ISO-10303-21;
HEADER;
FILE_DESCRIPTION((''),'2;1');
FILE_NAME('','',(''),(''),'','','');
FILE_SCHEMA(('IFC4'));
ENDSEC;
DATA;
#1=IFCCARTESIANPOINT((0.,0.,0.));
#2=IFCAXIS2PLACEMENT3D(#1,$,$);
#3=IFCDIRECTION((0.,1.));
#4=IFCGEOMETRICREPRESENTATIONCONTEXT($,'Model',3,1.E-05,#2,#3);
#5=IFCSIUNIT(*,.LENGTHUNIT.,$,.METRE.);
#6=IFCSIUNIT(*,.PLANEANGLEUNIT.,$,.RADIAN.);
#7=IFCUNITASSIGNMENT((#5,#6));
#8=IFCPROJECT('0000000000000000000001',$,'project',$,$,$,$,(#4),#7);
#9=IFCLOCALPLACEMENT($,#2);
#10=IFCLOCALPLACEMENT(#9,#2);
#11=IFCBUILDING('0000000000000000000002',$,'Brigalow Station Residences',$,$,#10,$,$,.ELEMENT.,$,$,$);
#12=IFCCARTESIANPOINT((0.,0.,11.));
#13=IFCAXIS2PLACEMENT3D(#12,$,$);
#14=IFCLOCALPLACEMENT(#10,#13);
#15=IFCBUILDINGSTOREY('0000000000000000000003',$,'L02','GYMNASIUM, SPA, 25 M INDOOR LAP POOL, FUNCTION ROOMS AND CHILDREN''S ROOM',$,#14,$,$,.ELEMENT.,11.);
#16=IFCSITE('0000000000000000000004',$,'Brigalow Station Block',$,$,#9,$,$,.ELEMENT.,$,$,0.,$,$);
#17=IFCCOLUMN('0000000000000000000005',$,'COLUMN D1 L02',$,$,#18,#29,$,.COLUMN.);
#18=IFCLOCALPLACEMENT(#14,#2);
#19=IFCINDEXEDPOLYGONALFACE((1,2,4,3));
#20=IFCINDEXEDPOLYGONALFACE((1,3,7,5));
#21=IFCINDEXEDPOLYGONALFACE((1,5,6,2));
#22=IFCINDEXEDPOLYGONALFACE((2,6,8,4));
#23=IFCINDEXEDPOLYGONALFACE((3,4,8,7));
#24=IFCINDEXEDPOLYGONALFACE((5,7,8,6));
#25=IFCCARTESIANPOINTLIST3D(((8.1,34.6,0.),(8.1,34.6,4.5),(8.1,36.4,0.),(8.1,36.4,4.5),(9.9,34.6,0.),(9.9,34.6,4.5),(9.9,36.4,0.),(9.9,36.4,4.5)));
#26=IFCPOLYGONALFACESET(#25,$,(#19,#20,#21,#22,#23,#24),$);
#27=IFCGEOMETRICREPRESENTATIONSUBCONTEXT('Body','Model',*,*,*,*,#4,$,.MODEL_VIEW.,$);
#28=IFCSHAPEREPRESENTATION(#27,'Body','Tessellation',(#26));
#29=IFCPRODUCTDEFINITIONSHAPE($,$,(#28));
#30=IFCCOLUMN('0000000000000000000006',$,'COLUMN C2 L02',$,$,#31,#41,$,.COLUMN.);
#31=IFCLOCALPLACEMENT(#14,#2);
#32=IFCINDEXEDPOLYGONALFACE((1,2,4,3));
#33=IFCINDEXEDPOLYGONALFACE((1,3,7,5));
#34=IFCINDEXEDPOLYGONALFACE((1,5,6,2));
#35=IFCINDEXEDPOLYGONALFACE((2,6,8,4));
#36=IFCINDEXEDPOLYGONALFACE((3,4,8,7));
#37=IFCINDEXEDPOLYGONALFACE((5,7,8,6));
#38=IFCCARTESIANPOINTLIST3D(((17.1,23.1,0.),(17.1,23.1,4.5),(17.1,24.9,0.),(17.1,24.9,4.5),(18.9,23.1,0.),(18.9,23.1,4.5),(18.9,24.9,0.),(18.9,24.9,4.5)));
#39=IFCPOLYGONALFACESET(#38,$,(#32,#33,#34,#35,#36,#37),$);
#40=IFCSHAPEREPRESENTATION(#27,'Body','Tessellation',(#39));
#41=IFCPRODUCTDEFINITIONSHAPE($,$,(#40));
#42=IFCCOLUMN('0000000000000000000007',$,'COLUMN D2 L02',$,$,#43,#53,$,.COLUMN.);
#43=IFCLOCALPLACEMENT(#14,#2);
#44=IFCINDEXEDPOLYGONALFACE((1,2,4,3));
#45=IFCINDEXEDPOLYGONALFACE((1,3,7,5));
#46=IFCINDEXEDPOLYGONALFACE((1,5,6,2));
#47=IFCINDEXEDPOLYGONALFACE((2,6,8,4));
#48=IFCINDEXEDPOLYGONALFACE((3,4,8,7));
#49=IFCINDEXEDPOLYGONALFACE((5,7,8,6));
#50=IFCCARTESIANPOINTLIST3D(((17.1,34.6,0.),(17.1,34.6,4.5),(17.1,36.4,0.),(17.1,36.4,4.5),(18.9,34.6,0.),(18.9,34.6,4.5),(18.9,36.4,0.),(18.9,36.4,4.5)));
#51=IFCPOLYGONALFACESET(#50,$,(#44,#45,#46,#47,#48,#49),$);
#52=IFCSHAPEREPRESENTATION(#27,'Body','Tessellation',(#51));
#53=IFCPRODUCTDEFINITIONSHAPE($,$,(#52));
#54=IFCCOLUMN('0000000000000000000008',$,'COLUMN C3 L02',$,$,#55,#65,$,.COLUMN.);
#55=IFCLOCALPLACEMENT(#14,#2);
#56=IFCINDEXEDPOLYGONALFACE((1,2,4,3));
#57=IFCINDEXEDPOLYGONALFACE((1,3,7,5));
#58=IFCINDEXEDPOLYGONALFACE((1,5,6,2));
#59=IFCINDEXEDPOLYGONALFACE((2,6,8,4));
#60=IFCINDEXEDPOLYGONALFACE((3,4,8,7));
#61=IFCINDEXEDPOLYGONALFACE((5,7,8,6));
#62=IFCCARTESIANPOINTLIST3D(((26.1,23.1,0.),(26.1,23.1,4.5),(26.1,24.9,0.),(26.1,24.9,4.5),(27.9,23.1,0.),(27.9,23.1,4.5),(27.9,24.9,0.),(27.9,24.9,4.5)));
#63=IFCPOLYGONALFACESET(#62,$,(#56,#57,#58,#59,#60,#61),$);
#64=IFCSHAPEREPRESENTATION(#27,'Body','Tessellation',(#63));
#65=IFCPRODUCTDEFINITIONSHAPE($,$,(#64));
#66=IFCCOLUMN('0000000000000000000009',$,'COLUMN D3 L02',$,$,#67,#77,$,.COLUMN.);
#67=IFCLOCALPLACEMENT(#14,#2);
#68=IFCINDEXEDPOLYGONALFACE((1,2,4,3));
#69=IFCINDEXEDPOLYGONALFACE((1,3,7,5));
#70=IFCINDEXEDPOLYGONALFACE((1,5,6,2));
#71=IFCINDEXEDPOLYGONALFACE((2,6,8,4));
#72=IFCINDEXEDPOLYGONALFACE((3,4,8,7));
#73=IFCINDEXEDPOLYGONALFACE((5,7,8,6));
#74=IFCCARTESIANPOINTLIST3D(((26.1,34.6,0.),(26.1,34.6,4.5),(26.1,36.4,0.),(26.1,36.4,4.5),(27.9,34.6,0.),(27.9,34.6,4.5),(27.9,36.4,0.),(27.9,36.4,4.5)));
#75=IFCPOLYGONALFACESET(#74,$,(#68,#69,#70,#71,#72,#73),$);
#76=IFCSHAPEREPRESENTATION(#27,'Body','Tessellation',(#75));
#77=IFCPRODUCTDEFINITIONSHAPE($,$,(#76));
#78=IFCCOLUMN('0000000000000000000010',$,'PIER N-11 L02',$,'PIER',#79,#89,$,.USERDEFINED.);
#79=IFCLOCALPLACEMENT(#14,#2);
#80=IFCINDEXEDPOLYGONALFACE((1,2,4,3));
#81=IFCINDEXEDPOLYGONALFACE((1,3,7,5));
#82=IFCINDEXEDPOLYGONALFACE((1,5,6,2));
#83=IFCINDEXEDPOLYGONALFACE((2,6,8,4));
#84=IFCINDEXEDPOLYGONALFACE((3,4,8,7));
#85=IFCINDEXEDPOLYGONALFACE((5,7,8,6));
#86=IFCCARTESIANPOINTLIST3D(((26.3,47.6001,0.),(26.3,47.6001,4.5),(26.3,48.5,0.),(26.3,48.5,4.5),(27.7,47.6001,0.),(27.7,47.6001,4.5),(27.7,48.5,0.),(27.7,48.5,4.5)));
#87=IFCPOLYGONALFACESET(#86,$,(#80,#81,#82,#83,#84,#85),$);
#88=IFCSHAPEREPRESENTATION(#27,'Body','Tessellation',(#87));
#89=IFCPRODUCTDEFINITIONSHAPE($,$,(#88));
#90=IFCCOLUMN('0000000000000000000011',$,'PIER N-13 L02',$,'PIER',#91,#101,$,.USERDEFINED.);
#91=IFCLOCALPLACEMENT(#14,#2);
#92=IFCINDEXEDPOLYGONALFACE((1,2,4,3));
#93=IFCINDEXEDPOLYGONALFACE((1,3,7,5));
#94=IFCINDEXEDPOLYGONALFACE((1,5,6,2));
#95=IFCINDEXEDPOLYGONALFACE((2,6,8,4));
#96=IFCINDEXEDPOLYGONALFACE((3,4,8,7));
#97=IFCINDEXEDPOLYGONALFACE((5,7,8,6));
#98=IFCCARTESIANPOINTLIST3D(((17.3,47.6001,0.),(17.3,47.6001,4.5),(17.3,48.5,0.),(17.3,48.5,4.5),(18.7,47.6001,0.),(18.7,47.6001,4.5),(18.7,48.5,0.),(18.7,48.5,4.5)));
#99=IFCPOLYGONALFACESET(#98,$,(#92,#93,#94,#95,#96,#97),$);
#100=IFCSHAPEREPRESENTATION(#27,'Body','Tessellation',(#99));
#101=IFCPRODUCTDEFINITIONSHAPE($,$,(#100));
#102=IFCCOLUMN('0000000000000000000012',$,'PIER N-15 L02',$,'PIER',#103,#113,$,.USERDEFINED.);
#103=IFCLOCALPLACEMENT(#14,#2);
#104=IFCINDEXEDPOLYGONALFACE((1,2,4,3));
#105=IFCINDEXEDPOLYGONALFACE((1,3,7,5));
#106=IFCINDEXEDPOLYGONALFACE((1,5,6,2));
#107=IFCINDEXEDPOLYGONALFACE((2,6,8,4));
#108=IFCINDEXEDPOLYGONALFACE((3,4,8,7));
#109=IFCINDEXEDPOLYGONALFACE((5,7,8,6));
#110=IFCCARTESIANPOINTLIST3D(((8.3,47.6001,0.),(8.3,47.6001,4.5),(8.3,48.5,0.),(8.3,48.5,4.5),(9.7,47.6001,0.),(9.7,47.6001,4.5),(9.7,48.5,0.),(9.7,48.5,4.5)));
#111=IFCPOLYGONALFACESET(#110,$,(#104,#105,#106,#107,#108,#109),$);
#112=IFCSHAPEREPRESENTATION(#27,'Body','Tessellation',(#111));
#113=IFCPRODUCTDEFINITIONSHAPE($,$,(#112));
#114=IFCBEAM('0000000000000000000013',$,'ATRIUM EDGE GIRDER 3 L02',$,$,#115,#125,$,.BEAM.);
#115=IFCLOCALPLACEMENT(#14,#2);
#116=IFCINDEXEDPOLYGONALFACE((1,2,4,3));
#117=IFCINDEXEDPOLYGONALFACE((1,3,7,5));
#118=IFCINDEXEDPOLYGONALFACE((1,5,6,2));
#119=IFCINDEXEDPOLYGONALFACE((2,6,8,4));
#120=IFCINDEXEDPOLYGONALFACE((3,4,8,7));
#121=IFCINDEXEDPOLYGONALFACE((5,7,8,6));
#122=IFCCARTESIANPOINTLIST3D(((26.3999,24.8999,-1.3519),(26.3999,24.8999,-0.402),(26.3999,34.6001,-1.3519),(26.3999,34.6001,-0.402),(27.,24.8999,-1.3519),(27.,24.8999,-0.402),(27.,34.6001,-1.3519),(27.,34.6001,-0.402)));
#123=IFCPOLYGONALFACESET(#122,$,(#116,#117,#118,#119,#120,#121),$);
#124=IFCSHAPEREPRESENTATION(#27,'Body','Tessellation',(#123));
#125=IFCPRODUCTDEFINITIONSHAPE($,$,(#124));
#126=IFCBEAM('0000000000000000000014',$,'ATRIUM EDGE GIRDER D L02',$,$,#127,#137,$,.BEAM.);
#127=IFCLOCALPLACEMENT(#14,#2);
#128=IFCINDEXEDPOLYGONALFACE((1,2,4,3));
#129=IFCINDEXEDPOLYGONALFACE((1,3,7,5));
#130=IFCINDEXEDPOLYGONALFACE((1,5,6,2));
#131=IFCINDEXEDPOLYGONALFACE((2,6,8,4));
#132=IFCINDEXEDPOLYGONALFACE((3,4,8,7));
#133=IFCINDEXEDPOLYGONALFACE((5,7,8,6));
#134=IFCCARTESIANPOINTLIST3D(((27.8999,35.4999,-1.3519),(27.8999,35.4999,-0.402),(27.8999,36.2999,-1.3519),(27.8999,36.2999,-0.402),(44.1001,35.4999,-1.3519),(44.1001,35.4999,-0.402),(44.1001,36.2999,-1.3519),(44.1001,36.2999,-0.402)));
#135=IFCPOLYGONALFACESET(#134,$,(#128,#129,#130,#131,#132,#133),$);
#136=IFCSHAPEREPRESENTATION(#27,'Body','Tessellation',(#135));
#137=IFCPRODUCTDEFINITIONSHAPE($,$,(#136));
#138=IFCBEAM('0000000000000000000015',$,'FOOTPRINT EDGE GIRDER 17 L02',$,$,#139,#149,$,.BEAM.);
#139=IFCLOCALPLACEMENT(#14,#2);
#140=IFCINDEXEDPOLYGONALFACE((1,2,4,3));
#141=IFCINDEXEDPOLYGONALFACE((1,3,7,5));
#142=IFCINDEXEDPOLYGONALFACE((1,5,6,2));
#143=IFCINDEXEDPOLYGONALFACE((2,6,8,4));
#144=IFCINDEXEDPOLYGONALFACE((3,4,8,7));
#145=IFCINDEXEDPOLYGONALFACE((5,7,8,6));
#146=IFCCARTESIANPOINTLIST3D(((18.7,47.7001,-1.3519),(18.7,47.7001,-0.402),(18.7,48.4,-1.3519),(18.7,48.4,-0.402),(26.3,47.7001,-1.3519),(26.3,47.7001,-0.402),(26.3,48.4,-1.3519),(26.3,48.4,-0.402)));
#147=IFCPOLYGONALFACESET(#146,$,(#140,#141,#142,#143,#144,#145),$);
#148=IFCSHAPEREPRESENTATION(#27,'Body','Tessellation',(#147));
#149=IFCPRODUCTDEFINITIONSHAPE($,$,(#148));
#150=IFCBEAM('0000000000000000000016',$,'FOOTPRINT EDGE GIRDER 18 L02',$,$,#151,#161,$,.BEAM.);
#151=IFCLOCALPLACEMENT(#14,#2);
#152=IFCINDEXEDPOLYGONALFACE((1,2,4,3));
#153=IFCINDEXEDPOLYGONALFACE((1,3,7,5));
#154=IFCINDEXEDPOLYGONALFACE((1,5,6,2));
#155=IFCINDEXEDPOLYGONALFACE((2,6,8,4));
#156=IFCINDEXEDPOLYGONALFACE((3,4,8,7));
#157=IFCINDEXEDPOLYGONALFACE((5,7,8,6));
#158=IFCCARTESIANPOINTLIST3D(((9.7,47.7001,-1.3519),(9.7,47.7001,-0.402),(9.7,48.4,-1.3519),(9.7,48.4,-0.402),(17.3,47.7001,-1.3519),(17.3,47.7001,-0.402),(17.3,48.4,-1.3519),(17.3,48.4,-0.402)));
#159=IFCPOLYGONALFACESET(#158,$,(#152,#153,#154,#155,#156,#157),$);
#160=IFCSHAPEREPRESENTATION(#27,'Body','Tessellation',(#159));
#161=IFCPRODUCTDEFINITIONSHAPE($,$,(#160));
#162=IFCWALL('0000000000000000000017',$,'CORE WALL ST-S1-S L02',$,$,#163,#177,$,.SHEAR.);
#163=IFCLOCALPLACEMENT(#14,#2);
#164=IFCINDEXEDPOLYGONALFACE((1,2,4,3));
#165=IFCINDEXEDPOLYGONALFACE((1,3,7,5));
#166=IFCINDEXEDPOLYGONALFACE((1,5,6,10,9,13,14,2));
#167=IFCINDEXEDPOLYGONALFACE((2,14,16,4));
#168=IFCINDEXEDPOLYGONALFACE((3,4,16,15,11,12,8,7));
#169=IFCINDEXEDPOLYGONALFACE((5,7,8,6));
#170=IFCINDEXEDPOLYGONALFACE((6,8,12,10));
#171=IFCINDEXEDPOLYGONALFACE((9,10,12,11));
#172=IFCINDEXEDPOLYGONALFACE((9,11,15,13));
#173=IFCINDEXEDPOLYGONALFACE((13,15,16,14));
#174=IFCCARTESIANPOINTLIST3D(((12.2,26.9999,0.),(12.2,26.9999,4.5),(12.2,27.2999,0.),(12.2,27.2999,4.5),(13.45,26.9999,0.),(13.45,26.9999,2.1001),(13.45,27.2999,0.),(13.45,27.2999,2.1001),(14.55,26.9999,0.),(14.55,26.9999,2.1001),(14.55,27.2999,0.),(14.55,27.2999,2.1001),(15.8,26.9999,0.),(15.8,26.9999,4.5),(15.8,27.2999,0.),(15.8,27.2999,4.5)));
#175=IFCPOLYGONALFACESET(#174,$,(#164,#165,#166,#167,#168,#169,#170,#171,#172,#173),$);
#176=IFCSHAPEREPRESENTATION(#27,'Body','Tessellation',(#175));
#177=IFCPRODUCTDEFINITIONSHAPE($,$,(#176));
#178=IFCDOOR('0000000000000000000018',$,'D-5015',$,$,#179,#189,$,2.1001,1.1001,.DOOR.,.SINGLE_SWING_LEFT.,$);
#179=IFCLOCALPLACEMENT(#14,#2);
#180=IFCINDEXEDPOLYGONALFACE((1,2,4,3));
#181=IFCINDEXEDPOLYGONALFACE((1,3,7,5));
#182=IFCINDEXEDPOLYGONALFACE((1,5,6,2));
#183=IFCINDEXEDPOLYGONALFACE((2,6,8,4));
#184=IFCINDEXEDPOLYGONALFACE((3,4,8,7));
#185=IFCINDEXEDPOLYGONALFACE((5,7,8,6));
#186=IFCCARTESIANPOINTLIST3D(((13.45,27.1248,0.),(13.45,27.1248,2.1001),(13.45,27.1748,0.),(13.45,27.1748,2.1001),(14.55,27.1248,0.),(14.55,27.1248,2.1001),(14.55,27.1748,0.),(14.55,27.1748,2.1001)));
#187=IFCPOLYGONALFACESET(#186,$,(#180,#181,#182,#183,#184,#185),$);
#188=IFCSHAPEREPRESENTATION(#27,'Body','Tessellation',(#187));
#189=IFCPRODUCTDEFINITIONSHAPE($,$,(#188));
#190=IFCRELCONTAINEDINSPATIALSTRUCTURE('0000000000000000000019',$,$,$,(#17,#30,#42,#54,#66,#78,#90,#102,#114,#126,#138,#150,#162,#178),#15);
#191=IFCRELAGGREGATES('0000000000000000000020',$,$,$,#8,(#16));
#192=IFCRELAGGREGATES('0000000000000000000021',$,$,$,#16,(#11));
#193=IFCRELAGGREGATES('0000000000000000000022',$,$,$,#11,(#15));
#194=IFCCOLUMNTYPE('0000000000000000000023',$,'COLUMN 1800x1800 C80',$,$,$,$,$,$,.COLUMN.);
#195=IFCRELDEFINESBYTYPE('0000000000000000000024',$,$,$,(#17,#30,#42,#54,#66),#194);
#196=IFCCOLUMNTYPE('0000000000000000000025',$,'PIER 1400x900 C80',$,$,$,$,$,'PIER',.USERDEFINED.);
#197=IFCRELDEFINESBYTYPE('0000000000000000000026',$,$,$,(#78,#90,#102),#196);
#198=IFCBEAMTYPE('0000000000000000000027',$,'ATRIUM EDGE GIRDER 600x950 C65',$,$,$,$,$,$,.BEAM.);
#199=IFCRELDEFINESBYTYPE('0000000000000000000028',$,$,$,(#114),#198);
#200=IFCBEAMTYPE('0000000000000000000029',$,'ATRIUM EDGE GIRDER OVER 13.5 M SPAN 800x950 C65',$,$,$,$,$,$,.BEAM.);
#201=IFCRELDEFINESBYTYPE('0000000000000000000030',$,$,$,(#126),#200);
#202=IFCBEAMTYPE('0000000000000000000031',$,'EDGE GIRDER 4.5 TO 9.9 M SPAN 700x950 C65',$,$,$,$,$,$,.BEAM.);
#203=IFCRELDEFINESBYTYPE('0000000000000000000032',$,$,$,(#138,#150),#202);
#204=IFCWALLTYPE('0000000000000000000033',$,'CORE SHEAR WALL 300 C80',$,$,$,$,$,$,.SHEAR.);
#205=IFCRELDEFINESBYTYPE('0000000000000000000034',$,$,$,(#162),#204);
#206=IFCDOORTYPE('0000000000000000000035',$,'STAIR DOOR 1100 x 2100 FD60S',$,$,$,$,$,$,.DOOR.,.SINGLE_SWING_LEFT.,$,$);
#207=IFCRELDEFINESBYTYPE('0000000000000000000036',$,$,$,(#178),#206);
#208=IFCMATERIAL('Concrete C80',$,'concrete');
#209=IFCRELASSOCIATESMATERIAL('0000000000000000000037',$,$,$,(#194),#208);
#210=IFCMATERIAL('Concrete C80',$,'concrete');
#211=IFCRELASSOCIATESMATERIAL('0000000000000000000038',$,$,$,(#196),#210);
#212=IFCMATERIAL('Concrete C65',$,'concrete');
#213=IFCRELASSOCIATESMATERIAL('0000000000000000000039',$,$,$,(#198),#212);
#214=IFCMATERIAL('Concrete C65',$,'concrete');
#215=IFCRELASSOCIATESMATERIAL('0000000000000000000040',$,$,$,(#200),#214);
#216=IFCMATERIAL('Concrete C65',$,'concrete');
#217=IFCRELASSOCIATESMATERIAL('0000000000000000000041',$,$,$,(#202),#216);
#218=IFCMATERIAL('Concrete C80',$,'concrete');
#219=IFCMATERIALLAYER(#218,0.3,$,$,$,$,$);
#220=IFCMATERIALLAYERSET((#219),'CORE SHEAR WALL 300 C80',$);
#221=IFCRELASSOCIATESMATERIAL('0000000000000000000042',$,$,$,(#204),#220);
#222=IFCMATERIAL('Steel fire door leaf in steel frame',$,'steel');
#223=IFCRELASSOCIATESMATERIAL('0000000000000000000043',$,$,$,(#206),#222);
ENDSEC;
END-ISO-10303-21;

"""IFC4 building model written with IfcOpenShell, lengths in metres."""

from ifc_helpers import new_model, si_unit, direction, frame, frame_2d, origin, origin_2d, place, context, subcontext, project, spatial, rectangle, extrude, material, layer, layer_set, material_profile, profile_set, type_object, element, fill, save


model = new_model("IFC4")

# Units and contexts
model_context = context("Model", 3, precision=1e-05, world=origin(), true_north=direction((0.0, 1.0)))
body_context = subcontext(model_context, "Body", "Model", "MODEL_VIEW")
ifc_project = project(units=[si_unit("LENGTHUNIT", "METRE"), si_unit("PLANEANGLEUNIT", "RADIAN")], contexts=[model_context])

# Site, building, storey
site_placement = place(None, origin())
site = spatial("IfcSite", under=ifc_project, at=site_placement, Name="Brigalow Station Block", CompositionType="ELEMENT", RefElevation=0.0)
building_placement = place(site_placement, origin())
building = spatial("IfcBuilding", under=site, at=building_placement, Name="Brigalow Station Residences", CompositionType="ELEMENT")
storey_placement = place(building_placement, frame((0.0, 0.0, 11.0)))
storey = spatial("IfcBuildingStorey", under=building, at=storey_placement, Name="L02", Description="GYMNASIUM, SPA, 25 M INDOOR LAP POOL, FUNCTION ROOMS AND CHILDREN'S ROOM", CompositionType="ELEMENT", Elevation=11.0)

# Columns
ifc_material_1 = material(Name="Concrete C80", Category="concrete")
ifc_material_profile_1 = material_profile(ifc_material_1, rectangle(XDim=1.8, YDim=1.8, at=origin_2d()), Name="RC1800x1800")
ifc_profile_set_1 = profile_set([ifc_material_profile_1], Name="Concrete C80")
column_type_1 = type_object("IfcColumnType", Name="COLUMN 1800x1800 C80", PredefinedType="COLUMN", material=ifc_profile_set_1)
for number, where, z_axis, x_axis, name in (
    (1, (9.0, 35.5, 0.0), (0.0, 0.0, 1.0), (1.0, 0.0, 0.0), "COLUMN D1 L02"),
    (2, (18.0, 24.0, 0.0), (0.0, 0.0, 1.0), (1.0, 0.0, 0.0), "COLUMN C2 L02"),
    (3, (18.0, 35.5, 0.0), (0.0, 0.0, 1.0), (1.0, 0.0, 0.0), "COLUMN D2 L02"),
    (4, (27.0, 24.0, 0.0), (0.0, 0.0, 1.0), (1.0, 0.0, 0.0), "COLUMN C3 L02"),
    (5, (27.0, 35.5, 0.0), (0.0, 0.0, 1.0), (1.0, 0.0, 0.0), "COLUMN D3 L02"),
):
    element("IfcColumn", number, at=place(storey_placement, frame(where, z_axis=z_axis, x_axis=x_axis)), inside=storey, type_object=column_type_1, Name=name, PredefinedType="COLUMN", context=body_context, shape_type="SweptSolid", body=[
        extrude(rectangle(XDim=1.8, YDim=1.8, at=origin_2d()), origin(), (0.0, 0.0, 1.0), 4.5),
    ])
ifc_material_2 = material(Name="Concrete C80", Category="concrete")
ifc_material_profile_2 = material_profile(ifc_material_2, rectangle(XDim=1.3999, YDim=0.8999, at=origin_2d()), Name="RC1400x900")
ifc_profile_set_2 = profile_set([ifc_material_profile_2], Name="Concrete C80")
column_type_2 = type_object("IfcColumnType", Name="PIER 1400x900 C80", ElementType="PIER", PredefinedType="USERDEFINED", material=ifc_profile_set_2)
for number, where, z_axis, x_axis, name in (
    (6, (27.0, 48.05, 0.0), (0.0, 0.0, 1.0), (-1.0, 0.0, 0.0), "PIER N-11 L02"),
    (7, (18.0, 48.05, 0.0), (0.0, 0.0, 1.0), (-1.0, 0.0, 0.0), "PIER N-13 L02"),
    (8, (9.0, 48.05, 0.0), (0.0, 0.0, 1.0), (-1.0, 0.0, 0.0), "PIER N-15 L02"),
):
    element("IfcColumn", number, at=place(storey_placement, frame(where, z_axis=z_axis, x_axis=x_axis)), inside=storey, type_object=column_type_2, Name=name, ObjectType="PIER", PredefinedType="USERDEFINED", context=body_context, shape_type="SweptSolid", body=[
        extrude(rectangle(XDim=1.3999, YDim=0.8999, at=origin_2d()), origin(), (0.0, 0.0, 1.0), 4.5),
    ])

# Beams
ifc_material_3 = material(Name="Concrete C65", Category="concrete")
ifc_material_profile_3 = material_profile(ifc_material_3, rectangle(XDim=0.6001, YDim=0.95, at=origin_2d()), Name="RC600x950")
ifc_profile_set_3 = profile_set([ifc_material_profile_3], Name="Concrete C65")
beam_type_1 = type_object("IfcBeamType", Name="ATRIUM EDGE GIRDER 600x950 C65", PredefinedType="BEAM", material=ifc_profile_set_3)
beam_1_placement = place(storey_placement, frame((26.7, 24.8999, -0.877), z_axis=(0.0, 1.0, 0.0), x_axis=(-1.0, 0.0, 0.0)))
element("IfcBeam", 9, at=beam_1_placement, inside=storey, type_object=beam_type_1, Name="ATRIUM EDGE GIRDER 3 L02", PredefinedType="BEAM", context=body_context, shape_type="SweptSolid", body=[
    extrude(rectangle(XDim=0.6001, YDim=0.95, at=origin_2d()), origin(), (0.0, 0.0, 1.0), 9.7002),
])
ifc_material_4 = material(Name="Concrete C65", Category="concrete")
ifc_material_profile_4 = material_profile(ifc_material_4, rectangle(XDim=0.8, YDim=0.95, at=origin_2d()), Name="RC800x950")
ifc_profile_set_4 = profile_set([ifc_material_profile_4], Name="Concrete C65")
beam_type_2 = type_object("IfcBeamType", Name="ATRIUM EDGE GIRDER OVER 13.5 M SPAN 800x950 C65", PredefinedType="BEAM", material=ifc_profile_set_4)
beam_2_placement = place(storey_placement, frame((27.8999, 35.8999, -0.877), z_axis=(1.0, 0.0, 0.0), x_axis=(0.0, 1.0, 0.0)))
element("IfcBeam", 10, at=beam_2_placement, inside=storey, type_object=beam_type_2, Name="ATRIUM EDGE GIRDER D L02", PredefinedType="BEAM", context=body_context, shape_type="SweptSolid", body=[
    extrude(rectangle(XDim=0.8, YDim=0.95, at=origin_2d()), origin(), (0.0, 0.0, 1.0), 16.2002),
])
ifc_material_5 = material(Name="Concrete C65", Category="concrete")
ifc_material_profile_5 = material_profile(ifc_material_5, rectangle(XDim=0.7, YDim=0.95, at=origin_2d()), Name="RC700x950")
ifc_profile_set_5 = profile_set([ifc_material_profile_5], Name="Concrete C65")
beam_type_3 = type_object("IfcBeamType", Name="EDGE GIRDER 4.5 TO 9.9 M SPAN 700x950 C65", PredefinedType="BEAM", material=ifc_profile_set_5)
for number, where, z_axis, x_axis, name in (
    (11, (26.3, 48.05, -0.877), (-1.0, 0.0, 0.0), (0.0, -1.0, 0.0), "FOOTPRINT EDGE GIRDER 17 L02"),
    (12, (17.3, 48.05, -0.877), (-1.0, 0.0, 0.0), (0.0, -1.0, 0.0), "FOOTPRINT EDGE GIRDER 18 L02"),
):
    element("IfcBeam", number, at=place(storey_placement, frame(where, z_axis=z_axis, x_axis=x_axis)), inside=storey, type_object=beam_type_3, Name=name, PredefinedType="BEAM", context=body_context, shape_type="SweptSolid", body=[
        extrude(rectangle(XDim=0.7, YDim=0.95, at=origin_2d()), origin(), (0.0, 0.0, 1.0), 7.6001),
    ])

# Wall, opening, door
ifc_material_6 = material(Name="Concrete C80", Category="concrete")
ifc_layer_1 = layer(ifc_material_6, 0.3)
ifc_layer_set_1 = layer_set([ifc_layer_1], Name="CORE SHEAR WALL 300 C80")
wall_type_1 = type_object("IfcWallType", Name="CORE SHEAR WALL 300 C80", PredefinedType="SHEAR", material=ifc_layer_set_1)
wall_1_placement = place(storey_placement, frame((12.2, 27.1499, 0.0), z_axis=(0.0, 0.0, 1.0), x_axis=(1.0, 0.0, 0.0)))
wall_1 = element("IfcWall", 13, at=wall_1_placement, inside=storey, type_object=wall_type_1, Name="CORE WALL ST-S1-S L02", PredefinedType="SHEAR", context=body_context, shape_type="SweptSolid", body=[
    extrude(rectangle(XDim=3.6001, YDim=0.3, at=frame_2d((1.8, 0.0))), origin(), (0.0, 0.0, 1.0), 4.5),
])
opening_1_placement = place(wall_1_placement, frame((1.25, 0.0, 0.0)))
opening_1 = element("IfcOpeningElement", 14, at=opening_1_placement, cuts=wall_1, PredefinedType="OPENING", context=body_context, shape_type="SweptSolid", body=[
    extrude(rectangle(XDim=1.1001, YDim=2.1001, at=frame_2d((0.55, 1.05))), frame((0.0, 0.1602, 0.0), z_axis=(0.0, -1.0, 0.0), x_axis=(1.0, 0.0, 0.0)), (0.0, 0.0, 1.0), 0.3201),
])
ifc_material_7 = material(Name="Steel fire door leaf in steel frame", Category="steel")
door_type_1 = type_object("IfcDoorType", Name="STAIR DOOR 1100 x 2100 FD60S", OperationType="SINGLE_SWING_LEFT", PredefinedType="DOOR", material=ifc_material_7)
door_1_placement = place(opening_1_placement, origin())
door_1 = element("IfcDoor", 15, at=door_1_placement, inside=storey, type_object=door_type_1, Name="D-5015", OperationType="SINGLE_SWING_LEFT", OverallHeight=2.1001, OverallWidth=1.1001, PredefinedType="DOOR", context=body_context, shape_type="SweptSolid", body=[
    extrude(rectangle(XDim=1.1001, YDim=2.1001, at=frame_2d((0.55, 1.05))), frame((0.0, 0.0249, 0.0), z_axis=(0.0, -1.0, 0.0), x_axis=(1.0, 0.0, 0.0)), (0.0, 0.0, 1.0), 0.05),
])
fill(opening_1, door_1)

save(model, "model.ifc")
